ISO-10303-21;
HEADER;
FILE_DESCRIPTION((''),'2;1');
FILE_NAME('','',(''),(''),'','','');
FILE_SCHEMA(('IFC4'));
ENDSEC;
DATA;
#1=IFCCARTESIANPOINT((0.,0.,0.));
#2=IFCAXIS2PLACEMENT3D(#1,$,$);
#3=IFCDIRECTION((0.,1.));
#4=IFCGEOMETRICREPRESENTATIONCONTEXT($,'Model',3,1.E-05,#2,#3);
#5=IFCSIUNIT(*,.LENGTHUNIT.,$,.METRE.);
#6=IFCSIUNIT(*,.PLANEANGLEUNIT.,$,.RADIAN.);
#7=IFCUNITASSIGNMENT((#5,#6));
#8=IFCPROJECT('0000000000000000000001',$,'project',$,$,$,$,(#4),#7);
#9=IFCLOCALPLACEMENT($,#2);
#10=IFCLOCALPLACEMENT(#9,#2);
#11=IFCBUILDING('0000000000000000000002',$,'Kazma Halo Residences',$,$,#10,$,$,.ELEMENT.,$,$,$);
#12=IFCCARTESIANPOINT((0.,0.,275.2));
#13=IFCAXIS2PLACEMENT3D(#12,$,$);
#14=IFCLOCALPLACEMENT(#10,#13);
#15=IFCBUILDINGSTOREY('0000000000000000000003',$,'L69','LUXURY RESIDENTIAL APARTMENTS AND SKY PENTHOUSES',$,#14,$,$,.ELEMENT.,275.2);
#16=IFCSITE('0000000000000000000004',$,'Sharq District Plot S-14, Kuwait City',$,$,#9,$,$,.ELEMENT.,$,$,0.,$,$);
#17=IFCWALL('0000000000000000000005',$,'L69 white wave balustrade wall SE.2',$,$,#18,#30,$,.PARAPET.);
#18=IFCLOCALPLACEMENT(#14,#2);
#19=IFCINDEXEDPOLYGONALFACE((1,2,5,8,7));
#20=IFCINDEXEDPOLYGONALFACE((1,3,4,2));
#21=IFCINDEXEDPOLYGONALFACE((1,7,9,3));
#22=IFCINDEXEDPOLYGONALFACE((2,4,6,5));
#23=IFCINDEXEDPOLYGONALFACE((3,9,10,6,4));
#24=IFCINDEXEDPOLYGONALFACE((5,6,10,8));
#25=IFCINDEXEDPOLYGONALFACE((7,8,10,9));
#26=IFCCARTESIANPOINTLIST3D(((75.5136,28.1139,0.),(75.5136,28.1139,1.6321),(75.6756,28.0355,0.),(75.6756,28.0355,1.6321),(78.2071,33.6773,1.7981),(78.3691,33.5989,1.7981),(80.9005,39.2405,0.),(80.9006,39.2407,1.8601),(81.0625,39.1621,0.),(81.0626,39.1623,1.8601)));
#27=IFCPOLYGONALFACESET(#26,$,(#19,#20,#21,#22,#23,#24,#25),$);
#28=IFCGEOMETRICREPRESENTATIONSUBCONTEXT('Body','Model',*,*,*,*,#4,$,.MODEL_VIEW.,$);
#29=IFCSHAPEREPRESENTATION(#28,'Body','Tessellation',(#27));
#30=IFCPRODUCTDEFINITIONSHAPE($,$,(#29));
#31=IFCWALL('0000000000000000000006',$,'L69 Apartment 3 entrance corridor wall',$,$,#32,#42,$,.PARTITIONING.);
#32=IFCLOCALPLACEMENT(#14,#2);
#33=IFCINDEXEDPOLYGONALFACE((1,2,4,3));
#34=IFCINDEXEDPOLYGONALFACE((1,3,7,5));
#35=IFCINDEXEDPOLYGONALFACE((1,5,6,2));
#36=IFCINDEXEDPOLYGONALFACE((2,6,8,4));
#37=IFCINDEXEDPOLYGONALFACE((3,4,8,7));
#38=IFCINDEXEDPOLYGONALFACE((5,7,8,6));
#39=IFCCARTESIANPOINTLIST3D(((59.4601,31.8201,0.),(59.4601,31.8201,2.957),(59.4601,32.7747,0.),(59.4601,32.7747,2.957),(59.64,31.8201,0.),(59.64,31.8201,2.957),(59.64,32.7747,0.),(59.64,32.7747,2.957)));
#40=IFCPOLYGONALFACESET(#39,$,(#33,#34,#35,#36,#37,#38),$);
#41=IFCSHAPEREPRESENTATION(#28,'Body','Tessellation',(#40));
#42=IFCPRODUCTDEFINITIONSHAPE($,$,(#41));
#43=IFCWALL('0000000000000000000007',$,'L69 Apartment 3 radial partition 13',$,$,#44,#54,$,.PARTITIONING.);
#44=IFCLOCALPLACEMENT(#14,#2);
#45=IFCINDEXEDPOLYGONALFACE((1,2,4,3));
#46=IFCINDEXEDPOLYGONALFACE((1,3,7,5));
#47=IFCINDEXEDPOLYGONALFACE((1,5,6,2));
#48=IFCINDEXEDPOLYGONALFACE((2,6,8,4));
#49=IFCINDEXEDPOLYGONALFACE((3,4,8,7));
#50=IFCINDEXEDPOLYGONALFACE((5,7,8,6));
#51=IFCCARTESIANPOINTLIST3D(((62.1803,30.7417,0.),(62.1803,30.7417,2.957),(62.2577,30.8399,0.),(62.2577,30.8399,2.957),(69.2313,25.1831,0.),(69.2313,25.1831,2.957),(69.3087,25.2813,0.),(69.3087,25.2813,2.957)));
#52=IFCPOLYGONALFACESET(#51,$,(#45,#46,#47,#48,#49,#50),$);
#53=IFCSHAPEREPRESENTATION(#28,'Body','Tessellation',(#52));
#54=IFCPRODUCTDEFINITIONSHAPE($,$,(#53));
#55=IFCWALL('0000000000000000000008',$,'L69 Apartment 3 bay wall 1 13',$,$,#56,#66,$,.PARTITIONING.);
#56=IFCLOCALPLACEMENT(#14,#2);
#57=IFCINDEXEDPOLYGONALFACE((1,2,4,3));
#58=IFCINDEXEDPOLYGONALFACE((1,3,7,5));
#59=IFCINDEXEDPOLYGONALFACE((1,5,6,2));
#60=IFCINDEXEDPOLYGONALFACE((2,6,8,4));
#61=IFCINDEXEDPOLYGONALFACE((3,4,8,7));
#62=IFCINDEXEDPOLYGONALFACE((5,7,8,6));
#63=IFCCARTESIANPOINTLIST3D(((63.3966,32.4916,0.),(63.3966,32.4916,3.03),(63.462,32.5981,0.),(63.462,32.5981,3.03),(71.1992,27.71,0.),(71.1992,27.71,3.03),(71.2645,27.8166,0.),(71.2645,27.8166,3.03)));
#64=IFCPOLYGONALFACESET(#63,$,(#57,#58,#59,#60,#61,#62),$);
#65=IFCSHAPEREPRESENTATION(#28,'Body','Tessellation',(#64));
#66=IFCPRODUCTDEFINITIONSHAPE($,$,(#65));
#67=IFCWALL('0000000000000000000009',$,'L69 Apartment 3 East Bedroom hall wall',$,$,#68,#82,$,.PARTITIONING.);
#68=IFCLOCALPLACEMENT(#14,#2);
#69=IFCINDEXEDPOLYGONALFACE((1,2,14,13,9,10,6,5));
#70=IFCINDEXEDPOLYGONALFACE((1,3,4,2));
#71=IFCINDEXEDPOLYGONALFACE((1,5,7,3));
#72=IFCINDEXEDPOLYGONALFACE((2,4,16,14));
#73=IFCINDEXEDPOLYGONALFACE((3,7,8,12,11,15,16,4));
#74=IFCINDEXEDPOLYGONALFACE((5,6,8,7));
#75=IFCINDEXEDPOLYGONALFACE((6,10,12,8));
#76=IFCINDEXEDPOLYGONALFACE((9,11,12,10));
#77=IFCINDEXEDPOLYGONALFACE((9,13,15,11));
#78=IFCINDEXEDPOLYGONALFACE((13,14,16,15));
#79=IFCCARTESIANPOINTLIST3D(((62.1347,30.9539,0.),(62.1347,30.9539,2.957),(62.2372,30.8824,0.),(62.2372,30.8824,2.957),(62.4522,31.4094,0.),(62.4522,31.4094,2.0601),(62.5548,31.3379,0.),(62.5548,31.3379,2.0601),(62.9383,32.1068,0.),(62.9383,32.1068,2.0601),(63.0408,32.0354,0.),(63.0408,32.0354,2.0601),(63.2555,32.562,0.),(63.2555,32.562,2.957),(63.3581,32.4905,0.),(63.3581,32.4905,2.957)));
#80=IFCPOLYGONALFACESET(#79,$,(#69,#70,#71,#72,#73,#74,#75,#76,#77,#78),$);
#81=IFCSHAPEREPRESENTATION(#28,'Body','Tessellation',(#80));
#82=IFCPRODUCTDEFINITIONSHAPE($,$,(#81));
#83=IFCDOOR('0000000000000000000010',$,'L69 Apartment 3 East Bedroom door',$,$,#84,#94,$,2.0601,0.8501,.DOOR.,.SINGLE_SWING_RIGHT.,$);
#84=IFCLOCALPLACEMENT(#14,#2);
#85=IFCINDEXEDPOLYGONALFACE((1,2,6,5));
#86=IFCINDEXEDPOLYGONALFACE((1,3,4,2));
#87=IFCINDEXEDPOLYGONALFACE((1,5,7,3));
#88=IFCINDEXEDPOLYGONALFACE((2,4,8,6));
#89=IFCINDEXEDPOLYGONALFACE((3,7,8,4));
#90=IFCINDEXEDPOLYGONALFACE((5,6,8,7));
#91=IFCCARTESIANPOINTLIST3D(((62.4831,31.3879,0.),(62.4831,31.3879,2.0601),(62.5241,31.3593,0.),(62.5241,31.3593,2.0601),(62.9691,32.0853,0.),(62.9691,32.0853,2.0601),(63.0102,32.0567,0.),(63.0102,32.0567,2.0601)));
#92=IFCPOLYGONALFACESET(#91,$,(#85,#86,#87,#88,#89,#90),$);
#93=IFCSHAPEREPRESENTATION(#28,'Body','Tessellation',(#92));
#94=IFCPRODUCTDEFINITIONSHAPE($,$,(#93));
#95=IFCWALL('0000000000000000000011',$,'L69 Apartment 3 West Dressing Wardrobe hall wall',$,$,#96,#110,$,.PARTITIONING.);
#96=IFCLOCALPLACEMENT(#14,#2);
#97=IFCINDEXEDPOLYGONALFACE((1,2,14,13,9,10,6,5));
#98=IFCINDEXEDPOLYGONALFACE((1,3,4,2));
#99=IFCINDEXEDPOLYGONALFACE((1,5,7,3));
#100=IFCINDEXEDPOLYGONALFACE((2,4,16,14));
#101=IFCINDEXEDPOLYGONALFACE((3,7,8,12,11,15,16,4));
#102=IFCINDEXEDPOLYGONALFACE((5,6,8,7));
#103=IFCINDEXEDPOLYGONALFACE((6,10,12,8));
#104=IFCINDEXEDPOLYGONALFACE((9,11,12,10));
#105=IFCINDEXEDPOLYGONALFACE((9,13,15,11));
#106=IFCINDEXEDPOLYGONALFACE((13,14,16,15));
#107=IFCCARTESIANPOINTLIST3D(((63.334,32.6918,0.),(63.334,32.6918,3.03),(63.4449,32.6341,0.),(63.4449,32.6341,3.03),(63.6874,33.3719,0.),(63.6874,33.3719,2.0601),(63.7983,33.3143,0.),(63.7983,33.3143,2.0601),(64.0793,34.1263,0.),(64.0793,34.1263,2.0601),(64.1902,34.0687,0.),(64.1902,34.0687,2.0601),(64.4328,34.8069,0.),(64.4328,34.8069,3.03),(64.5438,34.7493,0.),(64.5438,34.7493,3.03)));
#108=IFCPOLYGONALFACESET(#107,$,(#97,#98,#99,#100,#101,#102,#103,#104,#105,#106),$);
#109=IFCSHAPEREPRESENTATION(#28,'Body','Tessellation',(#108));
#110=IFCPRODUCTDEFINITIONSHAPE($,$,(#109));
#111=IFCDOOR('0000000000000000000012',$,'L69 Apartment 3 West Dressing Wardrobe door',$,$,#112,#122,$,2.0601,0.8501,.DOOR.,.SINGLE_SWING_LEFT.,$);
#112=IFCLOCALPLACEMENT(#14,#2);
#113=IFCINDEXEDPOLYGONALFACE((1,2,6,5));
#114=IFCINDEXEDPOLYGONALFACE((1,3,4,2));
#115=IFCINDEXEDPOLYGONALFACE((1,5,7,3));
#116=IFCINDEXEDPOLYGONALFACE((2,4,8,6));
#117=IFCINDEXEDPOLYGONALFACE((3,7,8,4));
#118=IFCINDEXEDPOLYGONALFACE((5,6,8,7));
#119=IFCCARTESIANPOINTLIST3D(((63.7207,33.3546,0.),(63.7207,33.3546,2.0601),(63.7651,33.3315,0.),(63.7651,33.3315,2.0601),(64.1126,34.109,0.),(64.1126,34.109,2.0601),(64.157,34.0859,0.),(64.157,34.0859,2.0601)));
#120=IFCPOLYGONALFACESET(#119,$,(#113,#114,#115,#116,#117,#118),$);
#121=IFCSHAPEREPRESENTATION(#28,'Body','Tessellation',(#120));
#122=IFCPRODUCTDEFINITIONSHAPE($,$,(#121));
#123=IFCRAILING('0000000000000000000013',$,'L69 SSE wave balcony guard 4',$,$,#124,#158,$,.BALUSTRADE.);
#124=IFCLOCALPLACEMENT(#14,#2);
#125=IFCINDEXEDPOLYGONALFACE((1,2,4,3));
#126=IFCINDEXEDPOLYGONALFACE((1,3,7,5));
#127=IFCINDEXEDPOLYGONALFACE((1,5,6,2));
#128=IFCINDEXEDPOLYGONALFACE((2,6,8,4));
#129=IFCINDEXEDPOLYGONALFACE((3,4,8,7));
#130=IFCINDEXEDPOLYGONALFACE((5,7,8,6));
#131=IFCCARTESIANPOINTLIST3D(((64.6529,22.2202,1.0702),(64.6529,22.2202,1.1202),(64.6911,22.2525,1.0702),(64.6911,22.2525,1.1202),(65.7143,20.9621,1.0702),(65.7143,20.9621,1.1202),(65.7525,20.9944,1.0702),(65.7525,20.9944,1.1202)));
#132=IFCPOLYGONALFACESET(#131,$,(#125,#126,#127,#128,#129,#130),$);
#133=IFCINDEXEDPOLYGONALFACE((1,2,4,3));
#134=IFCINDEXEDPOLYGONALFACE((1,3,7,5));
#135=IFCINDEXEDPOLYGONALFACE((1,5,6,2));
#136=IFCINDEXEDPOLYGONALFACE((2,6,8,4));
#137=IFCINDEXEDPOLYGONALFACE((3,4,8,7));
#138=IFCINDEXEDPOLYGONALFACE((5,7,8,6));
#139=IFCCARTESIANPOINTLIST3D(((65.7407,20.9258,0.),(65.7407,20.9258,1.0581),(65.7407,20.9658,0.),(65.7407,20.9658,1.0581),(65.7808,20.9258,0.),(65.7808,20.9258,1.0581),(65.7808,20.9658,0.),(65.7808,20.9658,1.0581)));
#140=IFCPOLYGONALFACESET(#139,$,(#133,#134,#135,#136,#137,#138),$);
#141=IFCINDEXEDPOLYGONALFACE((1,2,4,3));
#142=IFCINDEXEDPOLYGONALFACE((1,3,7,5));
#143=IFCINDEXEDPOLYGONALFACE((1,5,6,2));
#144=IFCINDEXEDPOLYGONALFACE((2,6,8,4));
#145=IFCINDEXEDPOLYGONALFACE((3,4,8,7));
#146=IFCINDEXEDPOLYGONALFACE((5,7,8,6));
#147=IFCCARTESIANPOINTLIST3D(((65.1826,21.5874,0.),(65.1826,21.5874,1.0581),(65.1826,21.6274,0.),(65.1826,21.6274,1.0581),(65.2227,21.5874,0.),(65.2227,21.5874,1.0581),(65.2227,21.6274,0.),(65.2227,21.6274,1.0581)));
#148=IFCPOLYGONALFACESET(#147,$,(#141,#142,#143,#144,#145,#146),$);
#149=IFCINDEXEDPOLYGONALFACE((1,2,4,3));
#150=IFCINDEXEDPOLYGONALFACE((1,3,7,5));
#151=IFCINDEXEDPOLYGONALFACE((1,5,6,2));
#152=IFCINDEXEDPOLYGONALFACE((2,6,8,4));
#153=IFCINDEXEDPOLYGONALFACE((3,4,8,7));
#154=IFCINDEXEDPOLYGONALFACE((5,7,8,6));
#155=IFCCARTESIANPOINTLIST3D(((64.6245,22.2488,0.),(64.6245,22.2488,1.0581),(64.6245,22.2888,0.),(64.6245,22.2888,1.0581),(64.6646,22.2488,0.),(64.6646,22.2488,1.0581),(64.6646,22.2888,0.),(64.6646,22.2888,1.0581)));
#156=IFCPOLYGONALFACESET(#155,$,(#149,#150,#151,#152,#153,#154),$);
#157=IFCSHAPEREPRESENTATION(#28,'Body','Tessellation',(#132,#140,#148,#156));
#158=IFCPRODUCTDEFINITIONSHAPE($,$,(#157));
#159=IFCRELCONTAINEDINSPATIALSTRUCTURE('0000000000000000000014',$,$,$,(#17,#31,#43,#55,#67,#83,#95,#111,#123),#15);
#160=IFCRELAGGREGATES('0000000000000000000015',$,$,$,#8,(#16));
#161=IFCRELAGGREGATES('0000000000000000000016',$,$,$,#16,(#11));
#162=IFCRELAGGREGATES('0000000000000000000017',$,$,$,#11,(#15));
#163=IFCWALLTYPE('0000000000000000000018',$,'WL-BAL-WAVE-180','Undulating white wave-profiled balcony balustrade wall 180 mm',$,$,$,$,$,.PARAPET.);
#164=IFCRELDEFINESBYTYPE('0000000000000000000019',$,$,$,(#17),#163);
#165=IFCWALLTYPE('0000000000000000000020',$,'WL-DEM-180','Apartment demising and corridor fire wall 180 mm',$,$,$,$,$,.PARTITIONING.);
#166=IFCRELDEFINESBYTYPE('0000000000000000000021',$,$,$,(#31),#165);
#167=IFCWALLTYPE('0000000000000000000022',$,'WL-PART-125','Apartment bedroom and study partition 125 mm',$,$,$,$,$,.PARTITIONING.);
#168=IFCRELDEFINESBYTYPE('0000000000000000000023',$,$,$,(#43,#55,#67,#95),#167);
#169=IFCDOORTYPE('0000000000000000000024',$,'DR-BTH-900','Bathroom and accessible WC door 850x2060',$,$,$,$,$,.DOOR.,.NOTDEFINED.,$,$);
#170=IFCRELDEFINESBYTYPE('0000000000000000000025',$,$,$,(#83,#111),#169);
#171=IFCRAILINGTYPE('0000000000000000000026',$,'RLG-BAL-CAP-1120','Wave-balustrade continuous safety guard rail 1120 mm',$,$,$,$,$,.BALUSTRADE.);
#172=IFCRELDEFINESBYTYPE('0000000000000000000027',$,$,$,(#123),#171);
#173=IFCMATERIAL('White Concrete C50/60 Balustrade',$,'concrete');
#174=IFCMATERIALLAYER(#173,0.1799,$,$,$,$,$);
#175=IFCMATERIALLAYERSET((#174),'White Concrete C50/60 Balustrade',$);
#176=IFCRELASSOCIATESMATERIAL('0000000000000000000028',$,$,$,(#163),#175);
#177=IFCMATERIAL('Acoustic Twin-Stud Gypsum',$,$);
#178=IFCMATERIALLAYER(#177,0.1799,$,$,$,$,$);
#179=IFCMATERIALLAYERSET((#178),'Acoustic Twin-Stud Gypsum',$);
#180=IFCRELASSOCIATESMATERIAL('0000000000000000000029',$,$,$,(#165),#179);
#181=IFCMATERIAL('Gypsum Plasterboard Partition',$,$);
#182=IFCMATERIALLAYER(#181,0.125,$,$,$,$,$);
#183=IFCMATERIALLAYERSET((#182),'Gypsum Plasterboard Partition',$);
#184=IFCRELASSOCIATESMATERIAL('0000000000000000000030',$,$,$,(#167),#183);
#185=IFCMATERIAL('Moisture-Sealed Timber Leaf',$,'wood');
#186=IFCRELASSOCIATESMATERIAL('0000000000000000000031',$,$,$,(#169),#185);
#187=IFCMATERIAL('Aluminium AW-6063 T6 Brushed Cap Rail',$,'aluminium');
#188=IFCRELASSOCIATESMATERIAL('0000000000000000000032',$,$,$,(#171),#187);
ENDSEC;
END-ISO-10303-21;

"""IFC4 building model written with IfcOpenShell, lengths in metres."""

from ifc_helpers import new_model, si_unit, direction, frame, frame_2d, origin, origin_2d, place, context, subcontext, project, spatial, polyline, rectangle, outline, extrude, material, layer, layer_set, type_object, element, fill, save


model = new_model("IFC4")

# Units and contexts
model_context = context("Model", 3, precision=1e-05, world=origin(), true_north=direction((0.0, 1.0)))
body_context = subcontext(model_context, "Body", "Model", "MODEL_VIEW")
ifc_project = project(units=[si_unit("LENGTHUNIT", "METRE"), si_unit("PLANEANGLEUNIT", "RADIAN")], contexts=[model_context])

# Site, building, storey
site_placement = place(None, origin())
site = spatial("IfcSite", under=ifc_project, at=site_placement, Name="Sharq District Plot S-14, Kuwait City", CompositionType="ELEMENT", RefElevation=0.0)
building_placement = place(site_placement, origin())
building = spatial("IfcBuilding", under=site, at=building_placement, Name="Kazma Halo Residences", CompositionType="ELEMENT")
storey_placement = place(building_placement, frame((0.0, 0.0, 275.2)))
storey = spatial("IfcBuildingStorey", under=building, at=storey_placement, Name="L69", Description="LUXURY RESIDENTIAL APARTMENTS AND SKY PENTHOUSES", CompositionType="ELEMENT", Elevation=275.2)

# Walls
ifc_material_1 = material(Name="White Concrete C50/60 Balustrade", Category="concrete")
ifc_layer_1 = layer(ifc_material_1, 0.1799)
ifc_layer_set_1 = layer_set([ifc_layer_1], Name="White Concrete C50/60 Balustrade")
wall_type_1 = type_object("IfcWallType", Name="WL-BAL-WAVE-180", Description="Undulating white wave-profiled balcony balustrade wall 180 mm", PredefinedType="PARAPET", material=ifc_layer_set_1)
wall_1_placement = place(storey_placement, frame((75.5945, 28.0747, 0.0), z_axis=(0.0, 0.0, 1.0), x_axis=(0.435762, 0.900062, 0.0)))
element("IfcWall", 1, at=wall_1_placement, inside=storey, type_object=wall_type_1, Name="L69 white wave balustrade wall SE.2", PredefinedType="PARAPET", context=body_context, shape_type="SweptSolid", body=[
    extrude(outline(polyline([(0.0, 0.0), (12.3621, 0.0), (12.3623, 1.8601), (6.1812, 1.7981), (0.0, 1.6321), (0.0, 0.0)])), frame((0.0, 0.0898, 0.0), z_axis=(0.0, -1.0, 0.0), x_axis=(1.0, 0.0, 0.0)), (0.0, 0.0, 1.0), 0.1799),
])
ifc_material_2 = material(Name="Acoustic Twin-Stud Gypsum")
ifc_layer_2 = layer(ifc_material_2, 0.1799)
ifc_layer_set_2 = layer_set([ifc_layer_2], Name="Acoustic Twin-Stud Gypsum")
wall_type_2 = type_object("IfcWallType", Name="WL-DEM-180", Description="Apartment demising and corridor fire wall 180 mm", PredefinedType="PARTITIONING", material=ifc_layer_set_2)
wall_2_placement = place(storey_placement, frame((59.55, 31.8201, 0.0), z_axis=(0.0, 0.0, 1.0), x_axis=(0.0, 1.0, 0.0)))
element("IfcWall", 2, at=wall_2_placement, inside=storey, type_object=wall_type_2, Name="L69 Apartment 3 entrance corridor wall", PredefinedType="PARTITIONING", context=body_context, shape_type="SweptSolid", body=[
    extrude(rectangle(XDim=0.9546, YDim=0.1799, at=frame_2d((0.4773, 0.0))), origin(), (0.0, 0.0, 1.0), 2.957),
])

# Walls
ifc_material_3 = material(Name="Gypsum Plasterboard Partition")
ifc_layer_3 = layer(ifc_material_3, 0.125)
ifc_layer_set_3 = layer_set([ifc_layer_3], Name="Gypsum Plasterboard Partition")
wall_type_3 = type_object("IfcWallType", Name="WL-PART-125", Description="Apartment bedroom and study partition 125 mm", PredefinedType="PARTITIONING", material=ifc_layer_set_3)
wall_3_placement = place(storey_placement, frame((62.219, 30.7908, 0.0), z_axis=(0.0, 0.0, 1.0), x_axis=(0.785316, -0.619095, 0.0)))
element("IfcWall", 3, at=wall_3_placement, inside=storey, type_object=wall_type_3, Name="L69 Apartment 3 radial partition 13", PredefinedType="PARTITIONING", context=body_context, shape_type="SweptSolid", body=[
    extrude(rectangle(XDim=8.9785, YDim=0.125, at=frame_2d((4.4893, 0.0))), origin(), (0.0, 0.0, 1.0), 2.957),
])
wall_4_placement = place(storey_placement, frame((63.4292, 32.5449, 0.0), z_axis=(0.0, 0.0, 1.0), x_axis=(0.852634, -0.522508, 0.0)))
element("IfcWall", 4, at=wall_4_placement, inside=storey, type_object=wall_type_3, Name="L69 Apartment 3 bay wall 1 13", PredefinedType="PARTITIONING", context=body_context, shape_type="SweptSolid", body=[
    extrude(rectangle(XDim=9.1511, YDim=0.125, at=frame_2d((4.5757, 0.0))), origin(), (0.0, 0.0, 1.0), 3.03),
])

# Walls, openings, doors
wall_5_placement = place(storey_placement, frame((62.186, 30.9182, 0.0), z_axis=(0.0, 0.0, 1.0), x_axis=(0.571798, 0.820395, 0.0)))
wall_5 = element("IfcWall", 5, at=wall_5_placement, inside=storey, type_object=wall_type_3, Name="L69 Apartment 3 East Bedroom hall wall", PredefinedType="PARTITIONING", context=body_context, shape_type="SweptSolid", body=[
    extrude(rectangle(XDim=1.9602, YDim=0.125, at=frame_2d((0.98, 0.0))), origin(), (0.0, 0.0, 1.0), 2.957),
])
opening_1_placement = place(wall_5_placement, frame((0.5552, 0.0, 0.0)))
opening_1 = element("IfcOpeningElement", 6, at=opening_1_placement, cuts=wall_5, PredefinedType="OPENING", context=body_context, shape_type="SweptSolid", body=[
    extrude(rectangle(XDim=0.8501, YDim=2.0601, at=frame_2d((0.425, 1.03))), frame((0.0, 0.0725, 0.0), z_axis=(0.0, -1.0, 0.0), x_axis=(1.0, 0.0, 0.0)), (0.0, 0.0, 1.0), 0.145),
])
ifc_material_4 = material(Name="Moisture-Sealed Timber Leaf", Category="wood")
door_type_1 = type_object("IfcDoorType", Name="DR-BTH-900", Description="Bathroom and accessible WC door 850x2060", OperationType="NOTDEFINED", PredefinedType="DOOR", material=ifc_material_4)
door_1_placement = place(opening_1_placement, origin())
door_1 = element("IfcDoor", 7, at=door_1_placement, inside=storey, type_object=door_type_1, Name="L69 Apartment 3 East Bedroom door", OperationType="SINGLE_SWING_RIGHT", OverallHeight=2.0601, OverallWidth=0.8501, PredefinedType="DOOR", context=body_context, shape_type="SweptSolid", body=[
    extrude(rectangle(XDim=0.8501, YDim=2.0601, at=frame_2d((0.425, 1.03))), frame((0.0, 0.0249, 0.0), z_axis=(0.0, -1.0, 0.0), x_axis=(1.0, 0.0, 0.0)), (0.0, 0.0, 1.0), 0.05),
])
fill(opening_1, door_1)
wall_6_placement = place(storey_placement, frame((63.3894, 32.6628, 0.0), z_axis=(0.0, 0.0, 1.0), x_axis=(0.461008, 0.887396, 0.0)))
wall_6 = element("IfcWall", 8, at=wall_6_placement, inside=storey, type_object=wall_type_3, Name="L69 Apartment 3 West Dressing Wardrobe hall wall", PredefinedType="PARTITIONING", context=body_context, shape_type="SweptSolid", body=[
    extrude(rectangle(XDim=2.3835, YDim=0.125, at=frame_2d((1.1919, 0.0))), origin(), (0.0, 0.0, 1.0), 3.03),
])
opening_2_placement = place(wall_6_placement, frame((0.7666, 0.0, 0.0)))
opening_2 = element("IfcOpeningElement", 9, at=opening_2_placement, cuts=wall_6, PredefinedType="OPENING", context=body_context, shape_type="SweptSolid", body=[
    extrude(rectangle(XDim=0.8501, YDim=2.0601, at=frame_2d((0.425, 1.03))), frame((0.0, 0.0725, 0.0), z_axis=(0.0, -1.0, 0.0), x_axis=(1.0, 0.0, 0.0)), (0.0, 0.0, 1.0), 0.145),
])
door_2_placement = place(opening_2_placement, origin())
door_2 = element("IfcDoor", 10, at=door_2_placement, inside=storey, type_object=door_type_1, Name="L69 Apartment 3 West Dressing Wardrobe door", OperationType="SINGLE_SWING_LEFT", OverallHeight=2.0601, OverallWidth=0.8501, PredefinedType="DOOR", context=body_context, shape_type="SweptSolid", body=[
    extrude(rectangle(XDim=0.8501, YDim=2.0601, at=frame_2d((0.425, 1.03))), frame((0.0, 0.0249, 0.0), z_axis=(0.0, -1.0, 0.0), x_axis=(1.0, 0.0, 0.0)), (0.0, 0.0, 1.0), 0.05),
])
fill(opening_2, door_2)

# Railing
ifc_material_5 = material(Name="Aluminium AW-6063 T6 Brushed Cap Rail", Category="aluminium")
railing_type = type_object("IfcRailingType", Name="RLG-BAL-CAP-1120", Description="Wave-balustrade continuous safety guard rail 1120 mm", PredefinedType="BALUSTRADE", material=ifc_material_5)
railing_1_placement = place(storey_placement, frame((65.7607, 20.9458, 0.0)))
element("IfcRailing", 11, at=railing_1_placement, inside=storey, type_object=railing_type, Name="L69 SSE wave balcony guard 4", PredefinedType="BALUSTRADE", context=body_context, shape_type="SweptSolid", body=[
    extrude(rectangle(XDim=0.05, YDim=0.05, at=origin_2d()), frame((-0.0273, 0.0325, 1.0952), z_axis=(-0.644848, 0.764311, 0.0), x_axis=(-0.764311, -0.644848, 0.0)), (0.0, 0.0, 1.0), 1.646),
    extrude(rectangle(XDim=0.04, YDim=0.04, at=origin_2d()), origin(), (0.0, 0.0, 1.0), 1.0581),
    extrude(rectangle(XDim=0.04, YDim=0.04, at=origin_2d()), frame((-0.5581, 0.6616, 0.0)), (0.0, 0.0, 1.0), 1.0581),
    extrude(rectangle(XDim=0.04, YDim=0.04, at=origin_2d()), frame((-1.1162, 1.323, 0.0)), (0.0, 0.0, 1.0), 1.0581),
])

save(model, "model.ifc")
